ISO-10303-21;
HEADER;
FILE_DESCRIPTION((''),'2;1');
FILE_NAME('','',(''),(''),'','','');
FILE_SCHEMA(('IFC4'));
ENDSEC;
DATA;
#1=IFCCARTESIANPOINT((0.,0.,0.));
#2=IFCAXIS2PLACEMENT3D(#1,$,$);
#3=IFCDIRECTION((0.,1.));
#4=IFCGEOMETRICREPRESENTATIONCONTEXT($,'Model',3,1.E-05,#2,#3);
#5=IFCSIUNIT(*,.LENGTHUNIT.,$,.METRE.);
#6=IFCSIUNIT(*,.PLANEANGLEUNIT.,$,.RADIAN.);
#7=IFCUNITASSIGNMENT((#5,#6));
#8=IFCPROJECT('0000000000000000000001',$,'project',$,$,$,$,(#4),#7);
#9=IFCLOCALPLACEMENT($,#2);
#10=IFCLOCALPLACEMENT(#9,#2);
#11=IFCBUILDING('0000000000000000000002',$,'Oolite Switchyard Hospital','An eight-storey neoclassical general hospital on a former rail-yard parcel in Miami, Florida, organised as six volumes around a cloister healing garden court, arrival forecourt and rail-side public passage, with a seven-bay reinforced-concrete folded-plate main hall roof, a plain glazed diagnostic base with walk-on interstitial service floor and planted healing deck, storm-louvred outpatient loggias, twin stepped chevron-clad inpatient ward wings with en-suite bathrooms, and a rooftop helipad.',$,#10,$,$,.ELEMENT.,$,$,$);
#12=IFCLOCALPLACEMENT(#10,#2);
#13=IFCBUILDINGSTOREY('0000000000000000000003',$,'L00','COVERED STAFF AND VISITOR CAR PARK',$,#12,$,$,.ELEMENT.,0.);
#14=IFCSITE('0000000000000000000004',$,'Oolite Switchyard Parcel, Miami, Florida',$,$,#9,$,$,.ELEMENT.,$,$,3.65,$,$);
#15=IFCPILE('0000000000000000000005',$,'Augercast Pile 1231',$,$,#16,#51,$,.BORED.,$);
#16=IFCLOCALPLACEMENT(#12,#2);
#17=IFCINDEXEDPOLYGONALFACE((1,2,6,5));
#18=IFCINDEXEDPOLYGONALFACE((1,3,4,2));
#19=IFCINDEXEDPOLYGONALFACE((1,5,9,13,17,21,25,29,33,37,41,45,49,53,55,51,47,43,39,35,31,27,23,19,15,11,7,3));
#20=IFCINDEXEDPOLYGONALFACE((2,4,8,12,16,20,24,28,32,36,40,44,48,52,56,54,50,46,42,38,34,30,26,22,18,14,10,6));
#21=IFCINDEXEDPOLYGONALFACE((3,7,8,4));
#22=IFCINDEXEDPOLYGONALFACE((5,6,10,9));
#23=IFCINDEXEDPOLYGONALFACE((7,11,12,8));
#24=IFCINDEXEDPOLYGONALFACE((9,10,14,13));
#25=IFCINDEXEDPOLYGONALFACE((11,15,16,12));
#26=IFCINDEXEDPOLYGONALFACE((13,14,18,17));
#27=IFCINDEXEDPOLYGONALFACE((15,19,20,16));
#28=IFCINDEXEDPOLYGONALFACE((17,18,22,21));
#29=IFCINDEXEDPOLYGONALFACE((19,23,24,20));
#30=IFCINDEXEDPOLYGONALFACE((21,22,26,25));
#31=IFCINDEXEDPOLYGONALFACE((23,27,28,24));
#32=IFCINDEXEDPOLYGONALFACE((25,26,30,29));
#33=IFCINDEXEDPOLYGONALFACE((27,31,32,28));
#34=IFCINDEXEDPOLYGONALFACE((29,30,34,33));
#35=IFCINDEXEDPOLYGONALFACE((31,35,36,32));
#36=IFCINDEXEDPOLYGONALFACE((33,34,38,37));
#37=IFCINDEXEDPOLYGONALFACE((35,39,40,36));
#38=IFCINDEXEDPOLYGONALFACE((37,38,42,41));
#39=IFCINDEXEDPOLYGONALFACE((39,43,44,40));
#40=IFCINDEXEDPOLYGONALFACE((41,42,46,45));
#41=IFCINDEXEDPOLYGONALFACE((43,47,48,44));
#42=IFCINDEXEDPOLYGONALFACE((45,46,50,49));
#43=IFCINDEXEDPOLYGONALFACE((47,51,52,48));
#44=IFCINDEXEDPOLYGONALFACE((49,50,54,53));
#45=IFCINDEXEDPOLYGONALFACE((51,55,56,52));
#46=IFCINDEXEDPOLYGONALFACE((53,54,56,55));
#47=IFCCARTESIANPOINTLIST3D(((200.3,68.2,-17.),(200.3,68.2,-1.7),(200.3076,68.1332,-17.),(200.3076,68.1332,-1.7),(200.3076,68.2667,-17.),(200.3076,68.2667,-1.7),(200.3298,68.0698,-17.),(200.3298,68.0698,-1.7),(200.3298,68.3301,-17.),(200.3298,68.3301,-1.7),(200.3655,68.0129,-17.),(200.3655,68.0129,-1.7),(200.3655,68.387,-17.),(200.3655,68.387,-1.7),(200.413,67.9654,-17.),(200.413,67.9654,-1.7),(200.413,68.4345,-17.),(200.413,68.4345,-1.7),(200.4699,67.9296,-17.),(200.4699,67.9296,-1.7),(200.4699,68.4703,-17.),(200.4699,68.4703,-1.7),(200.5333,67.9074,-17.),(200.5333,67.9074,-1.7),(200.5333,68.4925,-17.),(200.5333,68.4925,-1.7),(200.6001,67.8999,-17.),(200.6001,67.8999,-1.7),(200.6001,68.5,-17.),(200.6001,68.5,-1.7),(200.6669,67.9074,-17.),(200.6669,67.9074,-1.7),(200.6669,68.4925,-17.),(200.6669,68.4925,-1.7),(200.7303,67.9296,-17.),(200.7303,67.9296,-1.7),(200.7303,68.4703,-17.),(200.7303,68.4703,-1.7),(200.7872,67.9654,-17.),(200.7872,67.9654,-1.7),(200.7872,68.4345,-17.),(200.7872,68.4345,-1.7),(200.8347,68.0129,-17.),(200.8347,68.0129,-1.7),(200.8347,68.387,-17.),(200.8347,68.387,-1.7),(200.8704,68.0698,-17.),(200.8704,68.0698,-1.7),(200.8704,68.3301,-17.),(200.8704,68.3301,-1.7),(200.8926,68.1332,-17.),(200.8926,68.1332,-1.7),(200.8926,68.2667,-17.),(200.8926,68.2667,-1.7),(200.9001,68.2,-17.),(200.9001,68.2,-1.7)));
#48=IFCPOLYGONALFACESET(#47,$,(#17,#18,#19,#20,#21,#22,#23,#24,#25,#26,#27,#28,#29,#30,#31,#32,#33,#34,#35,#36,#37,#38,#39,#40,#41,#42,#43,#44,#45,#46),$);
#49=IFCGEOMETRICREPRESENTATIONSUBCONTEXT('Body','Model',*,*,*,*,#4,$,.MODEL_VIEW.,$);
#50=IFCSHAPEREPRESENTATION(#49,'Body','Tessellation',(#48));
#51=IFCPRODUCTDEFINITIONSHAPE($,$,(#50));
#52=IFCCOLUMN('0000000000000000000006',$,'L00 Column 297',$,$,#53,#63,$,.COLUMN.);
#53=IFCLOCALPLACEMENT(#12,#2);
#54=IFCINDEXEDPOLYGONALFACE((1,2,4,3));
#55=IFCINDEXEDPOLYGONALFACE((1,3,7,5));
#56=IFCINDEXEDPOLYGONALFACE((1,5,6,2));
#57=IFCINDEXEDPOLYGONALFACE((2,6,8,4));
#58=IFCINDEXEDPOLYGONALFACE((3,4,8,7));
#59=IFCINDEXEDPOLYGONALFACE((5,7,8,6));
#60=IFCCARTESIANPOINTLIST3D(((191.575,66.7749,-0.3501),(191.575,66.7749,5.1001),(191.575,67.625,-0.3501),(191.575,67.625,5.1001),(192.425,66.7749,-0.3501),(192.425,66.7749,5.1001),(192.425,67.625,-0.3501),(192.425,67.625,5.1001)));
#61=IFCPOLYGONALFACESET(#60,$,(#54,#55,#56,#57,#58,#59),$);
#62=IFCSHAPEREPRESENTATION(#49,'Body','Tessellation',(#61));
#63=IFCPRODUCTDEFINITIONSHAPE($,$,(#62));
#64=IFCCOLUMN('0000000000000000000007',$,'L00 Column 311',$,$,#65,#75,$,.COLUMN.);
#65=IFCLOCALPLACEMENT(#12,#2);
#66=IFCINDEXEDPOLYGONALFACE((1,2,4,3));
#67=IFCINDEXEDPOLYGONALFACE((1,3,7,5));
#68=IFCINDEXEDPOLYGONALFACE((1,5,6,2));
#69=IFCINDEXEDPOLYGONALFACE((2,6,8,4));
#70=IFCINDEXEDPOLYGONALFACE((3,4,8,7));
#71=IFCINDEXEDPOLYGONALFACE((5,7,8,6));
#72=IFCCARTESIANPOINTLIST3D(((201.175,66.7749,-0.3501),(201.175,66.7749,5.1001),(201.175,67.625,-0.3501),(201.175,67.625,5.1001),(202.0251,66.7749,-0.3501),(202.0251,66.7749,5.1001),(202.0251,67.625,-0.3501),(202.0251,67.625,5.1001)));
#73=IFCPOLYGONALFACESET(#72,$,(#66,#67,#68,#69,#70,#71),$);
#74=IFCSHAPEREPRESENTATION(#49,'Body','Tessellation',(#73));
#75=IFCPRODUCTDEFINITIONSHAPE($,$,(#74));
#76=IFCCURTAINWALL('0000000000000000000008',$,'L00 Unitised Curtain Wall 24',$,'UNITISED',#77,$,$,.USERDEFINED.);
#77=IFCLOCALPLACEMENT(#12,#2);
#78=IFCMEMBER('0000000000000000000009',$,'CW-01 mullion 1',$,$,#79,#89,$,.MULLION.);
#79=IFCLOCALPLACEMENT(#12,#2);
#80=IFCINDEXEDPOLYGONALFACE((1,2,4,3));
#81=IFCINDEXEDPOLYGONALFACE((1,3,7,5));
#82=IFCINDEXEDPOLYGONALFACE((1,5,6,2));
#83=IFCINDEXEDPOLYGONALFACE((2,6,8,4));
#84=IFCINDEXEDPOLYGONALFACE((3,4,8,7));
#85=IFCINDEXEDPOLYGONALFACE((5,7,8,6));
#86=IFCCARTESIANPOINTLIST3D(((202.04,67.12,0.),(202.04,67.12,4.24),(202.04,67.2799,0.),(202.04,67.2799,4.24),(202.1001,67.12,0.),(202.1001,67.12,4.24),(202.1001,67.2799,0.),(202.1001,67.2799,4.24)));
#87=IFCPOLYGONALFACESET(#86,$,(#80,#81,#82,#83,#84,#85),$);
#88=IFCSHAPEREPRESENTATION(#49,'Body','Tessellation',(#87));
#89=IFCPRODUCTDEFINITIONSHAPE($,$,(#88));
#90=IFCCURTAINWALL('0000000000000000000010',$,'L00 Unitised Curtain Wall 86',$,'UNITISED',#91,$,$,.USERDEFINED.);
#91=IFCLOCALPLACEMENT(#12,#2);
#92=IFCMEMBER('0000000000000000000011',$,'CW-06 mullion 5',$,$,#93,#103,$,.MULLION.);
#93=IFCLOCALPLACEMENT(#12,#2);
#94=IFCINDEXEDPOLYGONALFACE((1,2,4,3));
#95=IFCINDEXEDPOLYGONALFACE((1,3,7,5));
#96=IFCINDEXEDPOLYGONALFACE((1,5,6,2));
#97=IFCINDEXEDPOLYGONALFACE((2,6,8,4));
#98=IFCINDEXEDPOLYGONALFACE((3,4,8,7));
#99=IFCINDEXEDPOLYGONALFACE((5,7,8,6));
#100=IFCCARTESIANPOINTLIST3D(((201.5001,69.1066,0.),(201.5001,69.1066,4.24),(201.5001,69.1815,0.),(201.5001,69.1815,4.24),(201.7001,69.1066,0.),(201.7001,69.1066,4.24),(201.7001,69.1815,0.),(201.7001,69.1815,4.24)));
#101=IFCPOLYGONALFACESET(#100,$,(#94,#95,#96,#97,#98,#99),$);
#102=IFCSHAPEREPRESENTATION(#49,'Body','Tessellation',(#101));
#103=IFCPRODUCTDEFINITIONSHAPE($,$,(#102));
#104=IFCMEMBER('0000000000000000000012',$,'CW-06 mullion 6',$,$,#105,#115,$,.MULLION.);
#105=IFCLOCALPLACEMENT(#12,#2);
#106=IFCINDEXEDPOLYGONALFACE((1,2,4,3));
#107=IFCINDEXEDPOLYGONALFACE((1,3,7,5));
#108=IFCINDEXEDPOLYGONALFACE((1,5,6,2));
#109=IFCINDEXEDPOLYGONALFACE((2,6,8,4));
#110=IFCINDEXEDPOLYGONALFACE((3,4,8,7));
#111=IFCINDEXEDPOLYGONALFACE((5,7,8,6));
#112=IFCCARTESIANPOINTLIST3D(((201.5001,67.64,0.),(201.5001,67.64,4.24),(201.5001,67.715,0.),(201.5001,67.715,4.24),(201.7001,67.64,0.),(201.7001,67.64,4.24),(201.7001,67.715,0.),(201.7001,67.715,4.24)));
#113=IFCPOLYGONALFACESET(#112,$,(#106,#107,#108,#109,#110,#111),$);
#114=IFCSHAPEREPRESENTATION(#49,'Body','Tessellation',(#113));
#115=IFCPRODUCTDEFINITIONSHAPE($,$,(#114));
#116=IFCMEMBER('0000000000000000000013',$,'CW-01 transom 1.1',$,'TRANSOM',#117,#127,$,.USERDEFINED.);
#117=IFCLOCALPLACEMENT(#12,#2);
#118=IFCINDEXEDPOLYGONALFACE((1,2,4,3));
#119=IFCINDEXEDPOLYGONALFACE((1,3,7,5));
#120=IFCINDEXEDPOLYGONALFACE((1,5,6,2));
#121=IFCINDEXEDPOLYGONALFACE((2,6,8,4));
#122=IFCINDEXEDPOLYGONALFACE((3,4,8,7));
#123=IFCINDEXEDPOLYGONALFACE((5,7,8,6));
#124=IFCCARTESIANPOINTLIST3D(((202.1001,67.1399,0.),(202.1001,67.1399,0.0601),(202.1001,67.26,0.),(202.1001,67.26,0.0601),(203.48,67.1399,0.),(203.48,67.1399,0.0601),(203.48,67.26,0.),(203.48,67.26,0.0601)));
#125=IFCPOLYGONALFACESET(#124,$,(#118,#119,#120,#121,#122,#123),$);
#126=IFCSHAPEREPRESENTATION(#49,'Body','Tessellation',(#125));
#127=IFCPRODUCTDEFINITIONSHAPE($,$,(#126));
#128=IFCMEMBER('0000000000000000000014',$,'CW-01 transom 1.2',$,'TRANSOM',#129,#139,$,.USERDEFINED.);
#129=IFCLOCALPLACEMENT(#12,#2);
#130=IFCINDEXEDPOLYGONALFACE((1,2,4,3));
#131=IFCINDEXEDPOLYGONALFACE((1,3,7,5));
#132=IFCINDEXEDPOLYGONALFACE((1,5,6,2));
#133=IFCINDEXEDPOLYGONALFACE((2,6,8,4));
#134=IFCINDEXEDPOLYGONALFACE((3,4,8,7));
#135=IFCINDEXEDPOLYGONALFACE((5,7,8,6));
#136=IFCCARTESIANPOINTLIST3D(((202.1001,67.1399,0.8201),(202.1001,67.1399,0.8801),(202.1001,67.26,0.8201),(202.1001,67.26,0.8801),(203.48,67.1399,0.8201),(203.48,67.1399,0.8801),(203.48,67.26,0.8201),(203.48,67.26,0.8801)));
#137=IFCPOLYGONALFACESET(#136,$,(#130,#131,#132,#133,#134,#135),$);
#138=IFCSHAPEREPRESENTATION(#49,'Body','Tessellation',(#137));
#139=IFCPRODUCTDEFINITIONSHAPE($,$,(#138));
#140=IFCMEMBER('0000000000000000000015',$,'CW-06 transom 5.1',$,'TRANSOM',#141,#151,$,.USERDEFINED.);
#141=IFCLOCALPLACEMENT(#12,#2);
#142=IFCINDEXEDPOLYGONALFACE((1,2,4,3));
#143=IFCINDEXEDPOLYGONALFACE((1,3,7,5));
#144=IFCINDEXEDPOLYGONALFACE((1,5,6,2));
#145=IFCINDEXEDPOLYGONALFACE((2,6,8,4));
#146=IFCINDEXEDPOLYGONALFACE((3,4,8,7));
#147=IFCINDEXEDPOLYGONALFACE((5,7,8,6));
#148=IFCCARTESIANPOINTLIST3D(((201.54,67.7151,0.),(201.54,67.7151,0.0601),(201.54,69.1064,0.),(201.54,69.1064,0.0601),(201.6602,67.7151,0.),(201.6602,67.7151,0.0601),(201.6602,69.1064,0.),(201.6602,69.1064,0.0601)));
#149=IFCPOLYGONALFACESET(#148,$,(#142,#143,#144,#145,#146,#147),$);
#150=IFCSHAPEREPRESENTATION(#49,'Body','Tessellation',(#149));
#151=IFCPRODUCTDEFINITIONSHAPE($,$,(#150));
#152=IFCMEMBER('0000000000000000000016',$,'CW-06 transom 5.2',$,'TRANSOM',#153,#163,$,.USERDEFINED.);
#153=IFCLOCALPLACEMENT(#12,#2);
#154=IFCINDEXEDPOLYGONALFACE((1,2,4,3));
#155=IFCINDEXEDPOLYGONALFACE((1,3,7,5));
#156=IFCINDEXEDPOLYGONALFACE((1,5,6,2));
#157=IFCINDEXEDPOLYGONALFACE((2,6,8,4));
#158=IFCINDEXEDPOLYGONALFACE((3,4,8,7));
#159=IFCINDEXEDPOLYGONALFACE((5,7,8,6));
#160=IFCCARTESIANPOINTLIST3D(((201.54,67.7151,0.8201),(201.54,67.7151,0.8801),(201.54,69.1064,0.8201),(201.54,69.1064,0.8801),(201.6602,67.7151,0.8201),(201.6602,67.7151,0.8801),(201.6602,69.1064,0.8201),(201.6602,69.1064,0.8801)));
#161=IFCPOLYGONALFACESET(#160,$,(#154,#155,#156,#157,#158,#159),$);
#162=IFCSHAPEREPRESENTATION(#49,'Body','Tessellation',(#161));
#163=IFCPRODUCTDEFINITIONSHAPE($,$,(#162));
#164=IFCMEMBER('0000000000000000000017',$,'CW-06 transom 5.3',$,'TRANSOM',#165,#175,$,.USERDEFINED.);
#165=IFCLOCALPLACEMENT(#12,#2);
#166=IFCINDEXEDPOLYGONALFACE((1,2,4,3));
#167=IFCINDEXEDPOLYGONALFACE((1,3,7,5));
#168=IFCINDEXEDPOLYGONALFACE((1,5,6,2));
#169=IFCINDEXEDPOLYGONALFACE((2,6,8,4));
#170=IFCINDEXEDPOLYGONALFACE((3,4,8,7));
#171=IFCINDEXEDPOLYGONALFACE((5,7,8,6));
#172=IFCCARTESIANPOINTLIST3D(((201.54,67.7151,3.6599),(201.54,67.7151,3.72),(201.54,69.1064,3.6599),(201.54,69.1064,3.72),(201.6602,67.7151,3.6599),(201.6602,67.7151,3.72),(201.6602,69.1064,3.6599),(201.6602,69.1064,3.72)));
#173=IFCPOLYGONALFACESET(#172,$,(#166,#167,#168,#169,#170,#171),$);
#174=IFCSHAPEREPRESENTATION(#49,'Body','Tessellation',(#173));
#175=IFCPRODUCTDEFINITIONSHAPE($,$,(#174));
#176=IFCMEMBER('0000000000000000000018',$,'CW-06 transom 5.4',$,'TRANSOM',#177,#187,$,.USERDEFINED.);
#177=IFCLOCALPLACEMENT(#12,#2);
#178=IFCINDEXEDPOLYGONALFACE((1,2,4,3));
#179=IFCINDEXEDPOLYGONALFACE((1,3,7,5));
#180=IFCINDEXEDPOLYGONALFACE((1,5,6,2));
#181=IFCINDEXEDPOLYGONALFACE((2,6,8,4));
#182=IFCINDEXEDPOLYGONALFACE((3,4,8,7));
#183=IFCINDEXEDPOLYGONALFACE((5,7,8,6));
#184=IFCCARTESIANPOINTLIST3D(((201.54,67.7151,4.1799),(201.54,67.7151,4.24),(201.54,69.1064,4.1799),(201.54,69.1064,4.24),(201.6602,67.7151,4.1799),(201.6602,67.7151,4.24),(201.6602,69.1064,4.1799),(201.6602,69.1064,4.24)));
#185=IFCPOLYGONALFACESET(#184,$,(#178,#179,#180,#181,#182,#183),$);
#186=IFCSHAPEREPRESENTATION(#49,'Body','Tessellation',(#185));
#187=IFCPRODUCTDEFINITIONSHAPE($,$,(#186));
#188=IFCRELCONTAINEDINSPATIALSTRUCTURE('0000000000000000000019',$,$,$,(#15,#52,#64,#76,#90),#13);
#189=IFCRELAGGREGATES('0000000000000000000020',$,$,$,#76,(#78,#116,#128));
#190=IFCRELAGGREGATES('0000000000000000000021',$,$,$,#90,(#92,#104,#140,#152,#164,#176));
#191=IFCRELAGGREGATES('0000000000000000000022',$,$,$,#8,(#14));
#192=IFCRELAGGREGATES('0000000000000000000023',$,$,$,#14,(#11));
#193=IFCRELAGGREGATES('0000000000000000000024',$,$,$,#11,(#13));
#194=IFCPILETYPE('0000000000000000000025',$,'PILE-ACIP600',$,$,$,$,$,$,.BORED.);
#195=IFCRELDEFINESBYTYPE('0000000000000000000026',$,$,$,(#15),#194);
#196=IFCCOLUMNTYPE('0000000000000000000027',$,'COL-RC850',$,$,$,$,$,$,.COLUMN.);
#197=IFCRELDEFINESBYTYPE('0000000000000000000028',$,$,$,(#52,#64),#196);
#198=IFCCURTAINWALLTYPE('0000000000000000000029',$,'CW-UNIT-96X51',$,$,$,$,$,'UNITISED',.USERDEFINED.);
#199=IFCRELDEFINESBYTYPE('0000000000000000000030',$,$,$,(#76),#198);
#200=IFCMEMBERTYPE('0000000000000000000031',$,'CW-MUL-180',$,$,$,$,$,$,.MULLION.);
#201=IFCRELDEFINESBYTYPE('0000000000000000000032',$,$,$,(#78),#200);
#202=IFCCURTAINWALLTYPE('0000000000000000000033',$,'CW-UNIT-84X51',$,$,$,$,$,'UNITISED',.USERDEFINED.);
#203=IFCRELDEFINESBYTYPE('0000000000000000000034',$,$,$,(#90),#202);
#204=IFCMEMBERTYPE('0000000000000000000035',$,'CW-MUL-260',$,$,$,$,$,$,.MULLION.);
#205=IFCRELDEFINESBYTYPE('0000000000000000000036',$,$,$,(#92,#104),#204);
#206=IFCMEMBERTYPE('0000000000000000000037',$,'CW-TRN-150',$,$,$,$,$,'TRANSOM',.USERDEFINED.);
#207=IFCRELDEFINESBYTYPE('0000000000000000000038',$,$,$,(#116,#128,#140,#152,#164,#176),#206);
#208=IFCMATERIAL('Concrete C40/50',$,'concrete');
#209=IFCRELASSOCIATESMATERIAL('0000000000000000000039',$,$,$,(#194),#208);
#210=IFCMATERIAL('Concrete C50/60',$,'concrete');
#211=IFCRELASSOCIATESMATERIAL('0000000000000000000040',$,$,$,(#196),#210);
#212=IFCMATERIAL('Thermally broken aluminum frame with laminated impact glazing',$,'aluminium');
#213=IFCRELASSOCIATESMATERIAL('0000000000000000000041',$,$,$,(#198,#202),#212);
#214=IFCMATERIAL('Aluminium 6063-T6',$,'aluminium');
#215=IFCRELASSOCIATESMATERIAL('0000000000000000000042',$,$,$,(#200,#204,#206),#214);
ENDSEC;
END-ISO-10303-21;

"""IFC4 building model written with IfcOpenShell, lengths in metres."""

from ifc_helpers import new_model, si_unit, direction, frame, origin, origin_2d, place, context, subcontext, project, spatial, rectangle, circle, extrude, material, material_profile, profile_set, type_object, element, aggregate, save


model = new_model("IFC4")

# Units and contexts
model_context = context("Model", 3, precision=1e-05, world=origin(), true_north=direction((0.0, 1.0)))
body_context = subcontext(model_context, "Body", "Model", "MODEL_VIEW")
ifc_project = project(units=[si_unit("LENGTHUNIT", "METRE"), si_unit("PLANEANGLEUNIT", "RADIAN")], contexts=[model_context])

# Site, building, storey
site_placement = place(None, origin())
site = spatial("IfcSite", under=ifc_project, at=site_placement, Name="Oolite Switchyard Parcel, Miami, Florida", CompositionType="ELEMENT", RefElevation=3.65)
building_placement = place(site_placement, origin())
building = spatial("IfcBuilding", under=site, at=building_placement, Name="Oolite Switchyard Hospital", Description="An eight-storey neoclassical general hospital on a former rail-yard parcel in Miami, Florida, organised as six volumes around a cloister healing garden court, arrival forecourt and rail-side public passage, with a seven-bay reinforced-concrete folded-plate main hall roof, a plain glazed diagnostic base with walk-on interstitial service floor and planted healing deck, storm-louvred outpatient loggias, twin stepped chevron-clad inpatient ward wings with en-suite bathrooms, and a rooftop helipad.", CompositionType="ELEMENT")
storey_placement = place(building_placement, origin())
storey = spatial("IfcBuildingStorey", under=building, at=storey_placement, Name="L00", Description="COVERED STAFF AND VISITOR CAR PARK", CompositionType="ELEMENT", Elevation=0.0)

# Shared definitions
ifc_material_1 = material(Name="Concrete C40/50", Category="concrete")

# Pile
ifc_material_profile_1 = material_profile(ifc_material_1, circle(Radius=0.3, at=origin_2d()), Name="PILE600")
ifc_profile_set_1 = profile_set([ifc_material_profile_1], Name="Concrete C40/50")
pile_type = type_object("IfcPileType", Name="PILE-ACIP600", PredefinedType="BORED", material=ifc_profile_set_1)
for number, where, z_axis, x_axis, name in (
    (1, (200.6001, 68.2, -1.7), (0.0, 0.0, -1.0), (1.0, 0.0, 0.0), "Augercast Pile 1231"),
):
    element("IfcPile", number, at=place(storey_placement, frame(where, z_axis=z_axis, x_axis=x_axis)), inside=storey, type_object=pile_type, Name=name, PredefinedType="BORED", context=body_context, shape_type="SweptSolid", body=[
        extrude(circle(Radius=0.3, at=origin_2d()), origin(), (0.0, 0.0, 1.0), 15.3),
    ])

# Columns
ifc_material_2 = material(Name="Concrete C50/60", Category="concrete")
ifc_material_profile_2 = material_profile(ifc_material_2, rectangle(XDim=0.8501, YDim=0.8501, at=origin_2d()), Name="RC850X850")
ifc_profile_set_2 = profile_set([ifc_material_profile_2], Name="Concrete C50/60")
column_type = type_object("IfcColumnType", Name="COL-RC850", PredefinedType="COLUMN", material=ifc_profile_set_2)
for number, where, z_axis, x_axis, name in (
    (2, (192.0, 67.2, -0.3501), (0.0, 0.0, 1.0), (1.0, 0.0, 0.0), "L00 Column 297"),
    (3, (201.6001, 67.2, -0.3501), (0.0, 0.0, 1.0), (1.0, 0.0, 0.0), "L00 Column 311"),
):
    element("IfcColumn", number, at=place(storey_placement, frame(where, z_axis=z_axis, x_axis=x_axis)), inside=storey, type_object=column_type, Name=name, PredefinedType="COLUMN", context=body_context, shape_type="SweptSolid", body=[
        extrude(rectangle(XDim=0.8501, YDim=0.8501, at=origin_2d()), origin(), (0.0, 0.0, 1.0), 5.4502),
    ])

# Curtain wall, member
ifc_material_3 = material(Name="Thermally broken aluminum frame with laminated impact glazing", Category="aluminium")
curtain_wall_type_1 = type_object("IfcCurtainWallType", Name="CW-UNIT-96X51", ElementType="UNITISED", PredefinedType="USERDEFINED", material=ifc_material_3)
curtain_wall_1_placement = place(storey_placement, origin())
curtain_wall_1 = element("IfcCurtainWall", 4, at=curtain_wall_1_placement, inside=storey, type_object=curtain_wall_type_1, Name="L00 Unitised Curtain Wall 24", ObjectType="UNITISED", PredefinedType="USERDEFINED")
ifc_material_4 = material(Name="Aluminium 6063-T6", Category="aluminium")
ifc_material_profile_3 = material_profile(ifc_material_4, rectangle(XDim=0.1599, YDim=0.0601, at=origin_2d()), Name="CWM60X160")
ifc_profile_set_3 = profile_set([ifc_material_profile_3], Name="Aluminium 6063-T6")
member_type_1 = type_object("IfcMemberType", Name="CW-MUL-180", PredefinedType="MULLION", material=ifc_profile_set_3)
member_1_placement = place(storey_placement, frame((202.0701, 67.2, 0.0), z_axis=(0.0, 0.0, 1.0), x_axis=(0.0, 1.0, 0.0)))
member_1 = element("IfcMember", 5, at=member_1_placement, type_object=member_type_1, Name="CW-01 mullion 1", PredefinedType="MULLION", context=body_context, shape_type="SweptSolid", body=[
    extrude(rectangle(XDim=0.1599, YDim=0.0601, at=origin_2d()), origin(), (0.0, 0.0, 1.0), 4.24),
])

# Curtain wall, members
curtain_wall_type_2 = type_object("IfcCurtainWallType", Name="CW-UNIT-84X51", ElementType="UNITISED", PredefinedType="USERDEFINED", material=ifc_material_3)
curtain_wall_2_placement = place(storey_placement, origin())
curtain_wall_2 = element("IfcCurtainWall", 6, at=curtain_wall_2_placement, inside=storey, type_object=curtain_wall_type_2, Name="L00 Unitised Curtain Wall 86", ObjectType="UNITISED", PredefinedType="USERDEFINED")
ifc_material_profile_4 = material_profile(ifc_material_4, rectangle(XDim=0.2, YDim=0.075, at=origin_2d()), Name="CWM75X200")
ifc_profile_set_4 = profile_set([ifc_material_profile_4], Name="Aluminium 6063-T6")
member_type_2 = type_object("IfcMemberType", Name="CW-MUL-260", PredefinedType="MULLION", material=ifc_profile_set_4)
member_2_placement = place(storey_placement, frame((201.6001, 69.144, 0.0), z_axis=(0.0, 0.0, 1.0), x_axis=(1.0, 0.0, 0.0)))
member_2 = element("IfcMember", 7, at=member_2_placement, type_object=member_type_2, Name="CW-06 mullion 5", PredefinedType="MULLION", context=body_context, shape_type="SweptSolid", body=[
    extrude(rectangle(XDim=0.2, YDim=0.075, at=origin_2d()), origin(), (0.0, 0.0, 1.0), 4.24),
])
member_3_placement = place(storey_placement, frame((201.6001, 67.6775, 0.0), z_axis=(0.0, 0.0, 1.0), x_axis=(1.0, 0.0, 0.0)))
member_3 = element("IfcMember", 8, at=member_3_placement, type_object=member_type_2, Name="CW-06 mullion 6", PredefinedType="MULLION", context=body_context, shape_type="SweptSolid", body=[
    extrude(rectangle(XDim=0.2, YDim=0.075, at=origin_2d()), origin(), (0.0, 0.0, 1.0), 4.24),
])

# Members
ifc_material_profile_5 = material_profile(ifc_material_4, rectangle(XDim=0.1201, YDim=0.0601, at=origin_2d()), Name="CWT60X120")
ifc_profile_set_5 = profile_set([ifc_material_profile_5], Name="Aluminium 6063-T6")
member_type_3 = type_object("IfcMemberType", Name="CW-TRN-150", ElementType="TRANSOM", PredefinedType="USERDEFINED", material=ifc_profile_set_5)
member_4_placement = place(storey_placement, frame((202.1001, 67.2, 0.03), z_axis=(1.0, 0.0, 0.0), x_axis=(0.0, 1.0, 0.0)))
member_4 = element("IfcMember", 9, at=member_4_placement, type_object=member_type_3, Name="CW-01 transom 1.1", ObjectType="TRANSOM", PredefinedType="USERDEFINED", context=body_context, shape_type="SweptSolid", body=[
    extrude(rectangle(XDim=0.1201, YDim=0.0601, at=origin_2d()), origin(), (0.0, 0.0, 1.0), 1.3799),
])
member_5_placement = place(storey_placement, frame((202.1001, 67.2, 0.8501), z_axis=(1.0, 0.0, 0.0), x_axis=(0.0, 1.0, 0.0)))
member_5 = element("IfcMember", 10, at=member_5_placement, type_object=member_type_3, Name="CW-01 transom 1.2", ObjectType="TRANSOM", PredefinedType="USERDEFINED", context=body_context, shape_type="SweptSolid", body=[
    extrude(rectangle(XDim=0.1201, YDim=0.0601, at=origin_2d()), origin(), (0.0, 0.0, 1.0), 1.3799),
])
aggregate(curtain_wall_1, [member_1, member_4, member_5])
member_6_placement = place(storey_placement, frame((201.6001, 69.1064, 0.03), z_axis=(0.0, -1.0, 0.0), x_axis=(1.0, 0.0, 0.0)))
member_6 = element("IfcMember", 11, at=member_6_placement, type_object=member_type_3, Name="CW-06 transom 5.1", ObjectType="TRANSOM", PredefinedType="USERDEFINED", context=body_context, shape_type="SweptSolid", body=[
    extrude(rectangle(XDim=0.1201, YDim=0.0601, at=origin_2d()), origin(), (0.0, 0.0, 1.0), 1.3914),
])
member_7_placement = place(storey_placement, frame((201.6001, 69.1064, 0.8501), z_axis=(0.0, -1.0, 0.0), x_axis=(1.0, 0.0, 0.0)))
member_7 = element("IfcMember", 12, at=member_7_placement, type_object=member_type_3, Name="CW-06 transom 5.2", ObjectType="TRANSOM", PredefinedType="USERDEFINED", context=body_context, shape_type="SweptSolid", body=[
    extrude(rectangle(XDim=0.1201, YDim=0.0601, at=origin_2d()), origin(), (0.0, 0.0, 1.0), 1.3914),
])
member_8_placement = place(storey_placement, frame((201.6001, 69.1064, 3.6899), z_axis=(0.0, -1.0, 0.0), x_axis=(1.0, 0.0, 0.0)))
member_8 = element("IfcMember", 13, at=member_8_placement, type_object=member_type_3, Name="CW-06 transom 5.3", ObjectType="TRANSOM", PredefinedType="USERDEFINED", context=body_context, shape_type="SweptSolid", body=[
    extrude(rectangle(XDim=0.1201, YDim=0.0601, at=origin_2d()), origin(), (0.0, 0.0, 1.0), 1.3914),
])
member_9_placement = place(storey_placement, frame((201.6001, 69.1064, 4.21), z_axis=(0.0, -1.0, 0.0), x_axis=(1.0, 0.0, 0.0)))
member_9 = element("IfcMember", 14, at=member_9_placement, type_object=member_type_3, Name="CW-06 transom 5.4", ObjectType="TRANSOM", PredefinedType="USERDEFINED", context=body_context, shape_type="SweptSolid", body=[
    extrude(rectangle(XDim=0.1201, YDim=0.0601, at=origin_2d()), origin(), (0.0, 0.0, 1.0), 1.3914),
])

aggregate(curtain_wall_2, [member_2, member_3, member_6, member_7, member_8, member_9])

save(model, "model.ifc")
